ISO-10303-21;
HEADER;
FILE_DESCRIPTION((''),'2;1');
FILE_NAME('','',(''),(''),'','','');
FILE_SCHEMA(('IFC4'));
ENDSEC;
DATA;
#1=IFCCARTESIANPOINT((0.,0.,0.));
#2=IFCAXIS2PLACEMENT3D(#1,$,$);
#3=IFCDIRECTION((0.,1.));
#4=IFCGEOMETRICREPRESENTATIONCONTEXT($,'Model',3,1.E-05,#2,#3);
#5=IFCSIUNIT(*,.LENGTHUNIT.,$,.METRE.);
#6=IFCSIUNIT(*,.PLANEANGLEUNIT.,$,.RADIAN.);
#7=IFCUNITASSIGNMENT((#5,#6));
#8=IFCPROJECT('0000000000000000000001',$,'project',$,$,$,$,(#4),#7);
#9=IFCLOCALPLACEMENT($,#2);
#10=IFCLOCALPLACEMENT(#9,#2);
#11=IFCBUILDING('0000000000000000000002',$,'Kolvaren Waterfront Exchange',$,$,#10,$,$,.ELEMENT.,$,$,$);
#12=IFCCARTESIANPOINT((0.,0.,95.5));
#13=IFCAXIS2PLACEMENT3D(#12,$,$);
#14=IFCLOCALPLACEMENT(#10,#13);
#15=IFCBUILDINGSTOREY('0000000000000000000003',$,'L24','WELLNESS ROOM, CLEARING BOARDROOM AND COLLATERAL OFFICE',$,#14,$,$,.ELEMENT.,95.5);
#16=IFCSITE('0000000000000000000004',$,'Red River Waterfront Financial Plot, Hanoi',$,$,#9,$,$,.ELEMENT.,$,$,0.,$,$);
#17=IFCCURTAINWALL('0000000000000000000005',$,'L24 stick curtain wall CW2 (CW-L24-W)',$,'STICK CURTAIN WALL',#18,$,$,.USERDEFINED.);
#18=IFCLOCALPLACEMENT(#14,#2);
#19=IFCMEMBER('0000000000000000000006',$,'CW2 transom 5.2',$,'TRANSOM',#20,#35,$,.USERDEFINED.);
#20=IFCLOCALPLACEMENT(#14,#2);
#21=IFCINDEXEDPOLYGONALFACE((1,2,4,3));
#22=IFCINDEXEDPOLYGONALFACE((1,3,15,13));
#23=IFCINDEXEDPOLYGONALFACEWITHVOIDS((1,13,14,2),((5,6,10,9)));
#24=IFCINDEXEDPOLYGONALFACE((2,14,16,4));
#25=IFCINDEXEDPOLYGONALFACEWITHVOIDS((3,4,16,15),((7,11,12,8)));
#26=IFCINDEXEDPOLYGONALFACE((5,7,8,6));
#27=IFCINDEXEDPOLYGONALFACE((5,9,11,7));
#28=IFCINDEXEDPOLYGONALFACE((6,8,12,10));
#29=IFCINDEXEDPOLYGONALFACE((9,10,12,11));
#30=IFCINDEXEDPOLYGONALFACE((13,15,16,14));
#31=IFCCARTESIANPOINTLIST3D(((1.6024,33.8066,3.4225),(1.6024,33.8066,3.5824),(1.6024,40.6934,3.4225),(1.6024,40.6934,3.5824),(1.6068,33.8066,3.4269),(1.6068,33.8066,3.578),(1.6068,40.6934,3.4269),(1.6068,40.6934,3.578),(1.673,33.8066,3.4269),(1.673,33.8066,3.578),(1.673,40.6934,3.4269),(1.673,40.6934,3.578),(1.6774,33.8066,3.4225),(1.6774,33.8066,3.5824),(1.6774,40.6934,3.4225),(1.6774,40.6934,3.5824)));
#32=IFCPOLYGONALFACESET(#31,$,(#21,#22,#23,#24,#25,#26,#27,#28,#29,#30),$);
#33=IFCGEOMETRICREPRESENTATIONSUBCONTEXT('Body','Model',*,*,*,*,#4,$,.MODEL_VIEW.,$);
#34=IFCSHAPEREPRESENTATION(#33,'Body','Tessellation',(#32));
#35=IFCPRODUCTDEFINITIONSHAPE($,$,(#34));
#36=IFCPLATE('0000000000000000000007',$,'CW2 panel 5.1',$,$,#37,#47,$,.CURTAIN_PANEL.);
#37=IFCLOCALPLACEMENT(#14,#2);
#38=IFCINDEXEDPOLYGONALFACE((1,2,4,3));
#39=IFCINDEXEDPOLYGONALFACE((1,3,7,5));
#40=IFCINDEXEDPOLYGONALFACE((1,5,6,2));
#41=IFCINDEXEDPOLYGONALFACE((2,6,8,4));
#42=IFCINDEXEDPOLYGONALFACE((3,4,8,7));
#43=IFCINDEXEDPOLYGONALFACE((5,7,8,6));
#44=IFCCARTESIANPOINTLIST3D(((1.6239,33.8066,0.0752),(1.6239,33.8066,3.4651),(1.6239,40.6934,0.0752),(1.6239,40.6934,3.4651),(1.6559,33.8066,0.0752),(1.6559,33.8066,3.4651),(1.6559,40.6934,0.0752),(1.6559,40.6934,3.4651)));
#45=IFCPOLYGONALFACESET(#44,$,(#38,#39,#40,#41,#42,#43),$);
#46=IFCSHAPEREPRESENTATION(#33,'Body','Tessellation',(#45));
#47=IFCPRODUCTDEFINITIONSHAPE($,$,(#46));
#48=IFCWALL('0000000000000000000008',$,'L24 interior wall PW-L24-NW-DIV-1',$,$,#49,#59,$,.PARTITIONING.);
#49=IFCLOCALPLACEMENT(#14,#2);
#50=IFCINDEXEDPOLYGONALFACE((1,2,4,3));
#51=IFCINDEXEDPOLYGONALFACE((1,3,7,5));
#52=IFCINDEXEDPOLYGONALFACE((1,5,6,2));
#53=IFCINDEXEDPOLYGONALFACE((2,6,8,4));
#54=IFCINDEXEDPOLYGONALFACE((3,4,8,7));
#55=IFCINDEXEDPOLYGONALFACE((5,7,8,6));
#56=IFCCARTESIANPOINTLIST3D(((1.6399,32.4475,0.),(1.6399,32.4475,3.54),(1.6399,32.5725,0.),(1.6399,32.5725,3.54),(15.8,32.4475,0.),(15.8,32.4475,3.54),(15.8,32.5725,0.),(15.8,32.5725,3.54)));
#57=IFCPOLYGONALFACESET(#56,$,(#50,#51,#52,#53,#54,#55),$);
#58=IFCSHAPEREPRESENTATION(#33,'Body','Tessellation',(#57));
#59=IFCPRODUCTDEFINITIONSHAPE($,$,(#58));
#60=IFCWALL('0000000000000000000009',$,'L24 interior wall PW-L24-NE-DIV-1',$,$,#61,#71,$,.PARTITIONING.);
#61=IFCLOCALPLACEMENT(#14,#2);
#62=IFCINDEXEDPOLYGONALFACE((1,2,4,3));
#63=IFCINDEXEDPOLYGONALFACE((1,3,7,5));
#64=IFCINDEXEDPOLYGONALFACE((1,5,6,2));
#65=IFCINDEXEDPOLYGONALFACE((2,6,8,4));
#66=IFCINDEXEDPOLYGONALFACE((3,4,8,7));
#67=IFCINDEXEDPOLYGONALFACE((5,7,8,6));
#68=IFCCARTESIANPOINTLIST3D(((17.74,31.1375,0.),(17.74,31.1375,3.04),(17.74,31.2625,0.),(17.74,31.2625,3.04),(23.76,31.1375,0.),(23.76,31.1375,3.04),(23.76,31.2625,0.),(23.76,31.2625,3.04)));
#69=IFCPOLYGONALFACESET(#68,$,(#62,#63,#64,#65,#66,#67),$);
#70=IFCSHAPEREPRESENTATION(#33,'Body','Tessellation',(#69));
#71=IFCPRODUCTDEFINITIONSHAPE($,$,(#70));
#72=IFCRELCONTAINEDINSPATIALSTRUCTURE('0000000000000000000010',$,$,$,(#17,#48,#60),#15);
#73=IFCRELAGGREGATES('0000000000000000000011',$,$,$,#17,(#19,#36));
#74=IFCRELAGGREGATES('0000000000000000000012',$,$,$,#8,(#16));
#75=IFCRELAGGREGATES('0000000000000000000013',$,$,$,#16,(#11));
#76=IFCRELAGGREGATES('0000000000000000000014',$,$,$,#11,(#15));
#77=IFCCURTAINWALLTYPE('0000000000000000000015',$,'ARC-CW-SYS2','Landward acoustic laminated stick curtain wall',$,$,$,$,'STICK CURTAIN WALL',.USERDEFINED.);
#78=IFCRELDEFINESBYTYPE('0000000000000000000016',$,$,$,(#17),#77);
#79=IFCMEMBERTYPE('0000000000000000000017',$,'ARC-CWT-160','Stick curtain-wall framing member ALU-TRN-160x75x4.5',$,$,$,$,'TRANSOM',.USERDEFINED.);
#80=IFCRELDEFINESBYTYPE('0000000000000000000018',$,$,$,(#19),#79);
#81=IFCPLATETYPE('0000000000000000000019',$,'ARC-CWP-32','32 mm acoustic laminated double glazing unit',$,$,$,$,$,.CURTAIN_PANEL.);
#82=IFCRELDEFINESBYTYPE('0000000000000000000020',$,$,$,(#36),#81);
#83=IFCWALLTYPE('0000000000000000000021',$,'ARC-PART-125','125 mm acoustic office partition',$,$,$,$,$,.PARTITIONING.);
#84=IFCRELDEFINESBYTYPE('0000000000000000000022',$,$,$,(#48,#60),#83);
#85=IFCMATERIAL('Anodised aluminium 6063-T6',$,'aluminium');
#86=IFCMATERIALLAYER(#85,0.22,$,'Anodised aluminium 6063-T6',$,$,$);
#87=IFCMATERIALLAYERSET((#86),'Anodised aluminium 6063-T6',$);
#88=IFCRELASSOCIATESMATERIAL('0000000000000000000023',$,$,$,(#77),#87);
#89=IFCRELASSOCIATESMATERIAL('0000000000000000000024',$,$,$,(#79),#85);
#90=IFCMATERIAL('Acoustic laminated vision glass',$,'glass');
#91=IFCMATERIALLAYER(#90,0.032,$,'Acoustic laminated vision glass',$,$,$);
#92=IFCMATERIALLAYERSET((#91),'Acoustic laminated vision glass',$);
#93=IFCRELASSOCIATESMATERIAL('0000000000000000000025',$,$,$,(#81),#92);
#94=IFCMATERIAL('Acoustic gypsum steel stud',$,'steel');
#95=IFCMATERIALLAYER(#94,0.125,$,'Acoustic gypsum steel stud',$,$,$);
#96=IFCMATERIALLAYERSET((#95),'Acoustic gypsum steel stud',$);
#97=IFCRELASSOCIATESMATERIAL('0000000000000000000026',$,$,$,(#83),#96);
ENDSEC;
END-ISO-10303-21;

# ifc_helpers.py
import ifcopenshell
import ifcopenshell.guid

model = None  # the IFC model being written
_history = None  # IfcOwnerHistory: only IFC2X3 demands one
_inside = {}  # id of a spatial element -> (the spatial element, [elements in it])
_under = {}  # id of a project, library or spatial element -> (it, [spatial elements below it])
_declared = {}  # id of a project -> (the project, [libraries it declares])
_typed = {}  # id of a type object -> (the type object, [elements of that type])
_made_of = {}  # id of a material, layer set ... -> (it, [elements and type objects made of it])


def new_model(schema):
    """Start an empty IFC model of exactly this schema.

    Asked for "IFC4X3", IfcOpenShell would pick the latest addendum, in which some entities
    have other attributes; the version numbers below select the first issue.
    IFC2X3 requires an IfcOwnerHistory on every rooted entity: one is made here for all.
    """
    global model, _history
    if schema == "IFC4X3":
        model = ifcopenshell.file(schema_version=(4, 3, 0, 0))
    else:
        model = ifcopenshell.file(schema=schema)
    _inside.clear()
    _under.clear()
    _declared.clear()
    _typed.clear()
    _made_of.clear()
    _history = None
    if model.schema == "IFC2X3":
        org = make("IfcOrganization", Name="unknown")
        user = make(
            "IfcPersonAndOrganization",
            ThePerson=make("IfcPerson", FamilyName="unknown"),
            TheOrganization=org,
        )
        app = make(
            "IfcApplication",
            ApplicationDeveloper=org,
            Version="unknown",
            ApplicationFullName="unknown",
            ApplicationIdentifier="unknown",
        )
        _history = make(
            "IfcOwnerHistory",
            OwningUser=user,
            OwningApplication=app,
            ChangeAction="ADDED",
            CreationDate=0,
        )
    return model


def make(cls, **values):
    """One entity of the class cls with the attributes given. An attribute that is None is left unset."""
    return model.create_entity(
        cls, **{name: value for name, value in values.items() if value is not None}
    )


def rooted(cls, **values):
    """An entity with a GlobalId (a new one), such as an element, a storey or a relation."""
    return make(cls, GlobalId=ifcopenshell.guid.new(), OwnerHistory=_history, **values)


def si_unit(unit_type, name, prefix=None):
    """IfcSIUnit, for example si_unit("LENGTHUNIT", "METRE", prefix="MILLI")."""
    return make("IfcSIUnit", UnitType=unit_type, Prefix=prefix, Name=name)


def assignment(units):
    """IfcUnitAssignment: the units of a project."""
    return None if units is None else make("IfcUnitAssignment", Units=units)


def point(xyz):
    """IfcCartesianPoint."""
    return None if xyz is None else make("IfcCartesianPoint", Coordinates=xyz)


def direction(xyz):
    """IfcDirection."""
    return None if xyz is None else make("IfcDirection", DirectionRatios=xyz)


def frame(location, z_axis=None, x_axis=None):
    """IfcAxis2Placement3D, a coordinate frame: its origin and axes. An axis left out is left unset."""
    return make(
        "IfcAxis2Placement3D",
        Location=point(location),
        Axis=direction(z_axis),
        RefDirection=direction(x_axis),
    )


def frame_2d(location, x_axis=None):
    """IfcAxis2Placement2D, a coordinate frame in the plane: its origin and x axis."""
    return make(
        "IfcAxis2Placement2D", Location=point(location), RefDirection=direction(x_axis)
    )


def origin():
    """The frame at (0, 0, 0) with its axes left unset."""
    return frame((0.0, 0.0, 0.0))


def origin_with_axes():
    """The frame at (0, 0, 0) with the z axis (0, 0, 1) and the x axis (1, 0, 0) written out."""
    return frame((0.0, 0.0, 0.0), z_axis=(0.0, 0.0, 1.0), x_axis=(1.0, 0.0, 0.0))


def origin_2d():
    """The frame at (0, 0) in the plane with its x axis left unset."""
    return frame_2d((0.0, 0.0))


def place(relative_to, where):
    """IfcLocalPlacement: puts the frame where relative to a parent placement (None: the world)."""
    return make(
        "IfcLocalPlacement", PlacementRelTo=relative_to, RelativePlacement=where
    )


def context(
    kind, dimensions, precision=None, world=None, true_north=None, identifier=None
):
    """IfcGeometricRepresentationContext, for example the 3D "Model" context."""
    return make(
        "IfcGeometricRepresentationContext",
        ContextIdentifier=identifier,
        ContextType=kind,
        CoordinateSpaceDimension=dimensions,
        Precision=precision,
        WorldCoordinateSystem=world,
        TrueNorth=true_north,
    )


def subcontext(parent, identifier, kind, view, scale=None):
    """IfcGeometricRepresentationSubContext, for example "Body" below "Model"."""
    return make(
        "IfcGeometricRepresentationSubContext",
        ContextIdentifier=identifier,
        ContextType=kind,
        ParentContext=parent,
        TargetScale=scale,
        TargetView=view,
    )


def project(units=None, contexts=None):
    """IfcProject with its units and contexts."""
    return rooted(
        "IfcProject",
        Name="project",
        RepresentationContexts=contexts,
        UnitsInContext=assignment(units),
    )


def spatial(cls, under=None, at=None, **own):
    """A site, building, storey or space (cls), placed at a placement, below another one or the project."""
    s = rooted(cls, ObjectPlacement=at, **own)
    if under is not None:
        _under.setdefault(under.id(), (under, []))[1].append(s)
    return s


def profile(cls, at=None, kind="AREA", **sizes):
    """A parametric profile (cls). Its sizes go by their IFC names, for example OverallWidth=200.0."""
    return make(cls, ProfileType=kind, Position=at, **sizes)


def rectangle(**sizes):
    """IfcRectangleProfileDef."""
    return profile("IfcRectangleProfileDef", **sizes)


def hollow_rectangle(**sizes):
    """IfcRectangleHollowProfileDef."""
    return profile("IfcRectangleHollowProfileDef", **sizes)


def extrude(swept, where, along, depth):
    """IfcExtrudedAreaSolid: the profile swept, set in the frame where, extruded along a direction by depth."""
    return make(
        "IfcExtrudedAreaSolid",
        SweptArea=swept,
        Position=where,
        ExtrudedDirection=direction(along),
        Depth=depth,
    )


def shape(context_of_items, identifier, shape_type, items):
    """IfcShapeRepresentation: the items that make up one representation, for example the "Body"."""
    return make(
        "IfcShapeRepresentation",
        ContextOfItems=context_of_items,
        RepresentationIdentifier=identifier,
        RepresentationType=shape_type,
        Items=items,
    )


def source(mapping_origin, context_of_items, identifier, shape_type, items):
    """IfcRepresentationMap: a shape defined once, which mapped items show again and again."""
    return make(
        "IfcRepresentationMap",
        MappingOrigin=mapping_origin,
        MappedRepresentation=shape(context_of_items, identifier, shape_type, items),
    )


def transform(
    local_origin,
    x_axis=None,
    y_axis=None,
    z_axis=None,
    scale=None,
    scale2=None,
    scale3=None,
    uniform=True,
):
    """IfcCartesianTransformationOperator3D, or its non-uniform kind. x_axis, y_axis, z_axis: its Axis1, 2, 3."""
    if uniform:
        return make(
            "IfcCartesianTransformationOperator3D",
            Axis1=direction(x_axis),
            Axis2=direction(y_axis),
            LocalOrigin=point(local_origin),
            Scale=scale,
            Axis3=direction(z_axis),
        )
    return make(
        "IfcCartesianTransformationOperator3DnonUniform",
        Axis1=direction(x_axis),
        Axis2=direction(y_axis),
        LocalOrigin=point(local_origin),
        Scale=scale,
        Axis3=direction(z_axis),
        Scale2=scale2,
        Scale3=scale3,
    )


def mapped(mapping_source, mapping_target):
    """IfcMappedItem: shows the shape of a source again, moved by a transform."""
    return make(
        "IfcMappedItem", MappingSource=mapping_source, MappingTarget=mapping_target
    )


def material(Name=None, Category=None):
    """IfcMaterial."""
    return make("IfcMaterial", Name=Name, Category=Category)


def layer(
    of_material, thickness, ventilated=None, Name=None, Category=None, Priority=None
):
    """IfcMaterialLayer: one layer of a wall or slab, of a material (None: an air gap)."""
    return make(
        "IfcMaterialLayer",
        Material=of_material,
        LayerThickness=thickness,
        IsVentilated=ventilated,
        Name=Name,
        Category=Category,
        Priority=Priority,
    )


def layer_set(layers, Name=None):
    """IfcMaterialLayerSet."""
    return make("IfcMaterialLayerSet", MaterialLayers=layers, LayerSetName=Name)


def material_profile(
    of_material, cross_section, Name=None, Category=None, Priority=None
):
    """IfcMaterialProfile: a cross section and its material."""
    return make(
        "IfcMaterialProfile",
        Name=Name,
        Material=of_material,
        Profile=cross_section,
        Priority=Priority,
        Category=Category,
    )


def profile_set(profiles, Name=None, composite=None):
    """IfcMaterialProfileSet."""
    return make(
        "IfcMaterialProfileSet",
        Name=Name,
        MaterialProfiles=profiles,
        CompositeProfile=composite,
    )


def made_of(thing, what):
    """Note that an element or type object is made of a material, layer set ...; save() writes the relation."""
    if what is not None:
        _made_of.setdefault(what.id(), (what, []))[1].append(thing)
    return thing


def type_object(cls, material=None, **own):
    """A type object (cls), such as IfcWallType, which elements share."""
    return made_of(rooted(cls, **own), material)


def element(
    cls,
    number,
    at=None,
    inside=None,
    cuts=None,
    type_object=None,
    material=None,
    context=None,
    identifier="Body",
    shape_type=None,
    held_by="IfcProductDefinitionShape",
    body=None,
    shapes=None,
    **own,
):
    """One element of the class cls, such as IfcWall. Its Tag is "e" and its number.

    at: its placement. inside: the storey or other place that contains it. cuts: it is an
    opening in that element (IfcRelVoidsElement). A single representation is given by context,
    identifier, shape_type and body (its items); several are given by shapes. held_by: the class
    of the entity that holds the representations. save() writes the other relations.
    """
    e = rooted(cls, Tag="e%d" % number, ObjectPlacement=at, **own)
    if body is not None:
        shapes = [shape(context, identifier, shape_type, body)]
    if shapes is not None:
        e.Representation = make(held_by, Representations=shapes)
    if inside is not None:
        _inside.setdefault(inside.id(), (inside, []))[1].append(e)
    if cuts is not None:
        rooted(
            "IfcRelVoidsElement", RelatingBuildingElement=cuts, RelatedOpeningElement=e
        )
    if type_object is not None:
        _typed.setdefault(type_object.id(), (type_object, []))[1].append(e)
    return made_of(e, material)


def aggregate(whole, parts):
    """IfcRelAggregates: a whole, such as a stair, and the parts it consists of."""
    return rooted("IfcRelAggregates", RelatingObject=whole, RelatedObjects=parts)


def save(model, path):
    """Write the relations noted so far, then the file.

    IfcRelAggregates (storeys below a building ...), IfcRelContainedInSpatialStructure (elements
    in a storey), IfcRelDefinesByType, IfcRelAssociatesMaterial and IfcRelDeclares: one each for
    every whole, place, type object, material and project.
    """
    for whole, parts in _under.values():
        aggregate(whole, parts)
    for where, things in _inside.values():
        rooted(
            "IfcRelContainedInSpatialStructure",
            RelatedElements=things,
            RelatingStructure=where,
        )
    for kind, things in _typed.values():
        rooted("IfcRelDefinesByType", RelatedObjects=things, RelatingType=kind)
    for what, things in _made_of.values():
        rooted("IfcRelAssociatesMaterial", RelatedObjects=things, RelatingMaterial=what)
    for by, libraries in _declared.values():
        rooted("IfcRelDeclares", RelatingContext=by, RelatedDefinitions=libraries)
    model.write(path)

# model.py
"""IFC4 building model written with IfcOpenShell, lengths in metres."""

from ifc_helpers import new_model, si_unit, direction, frame, frame_2d, origin, origin_with_axes, origin_2d, place, context, subcontext, project, spatial, rectangle, hollow_rectangle, extrude, source, transform, mapped, material, layer, layer_set, material_profile, profile_set, type_object, element, aggregate, save


model = new_model("IFC4")

# Units and contexts
model_context = context("Model", 3, precision=1e-05, world=origin(), true_north=direction((0.0, 1.0)))
body_context = subcontext(model_context, "Body", "Model", "MODEL_VIEW")
ifc_project = project(units=[si_unit("LENGTHUNIT", "METRE"), si_unit("PLANEANGLEUNIT", "RADIAN")], contexts=[model_context])

# Site, building, storey
site_placement = place(None, origin())
site = spatial("IfcSite", under=ifc_project, at=site_placement, Name="Red River Waterfront Financial Plot, Hanoi", CompositionType="ELEMENT", RefElevation=0.0)
building_placement = place(site_placement, origin())
building = spatial("IfcBuilding", under=site, at=building_placement, Name="Kolvaren Waterfront Exchange", CompositionType="ELEMENT")
storey_placement = place(building_placement, frame((0.0, 0.0, 95.5)))
storey = spatial("IfcBuildingStorey", under=building, at=storey_placement, Name="L24", Description="WELLNESS ROOM, CLEARING BOARDROOM AND COLLATERAL OFFICE", CompositionType="ELEMENT", Elevation=95.5)

# Curtain wall, member, plate
ifc_material_1 = material(Name="Anodised aluminium 6063-T6", Category="aluminium")
ifc_layer_1 = layer(ifc_material_1, 0.22, Name="Anodised aluminium 6063-T6")
ifc_layer_set_1 = layer_set([ifc_layer_1], Name="Anodised aluminium 6063-T6")
curtain_wall_type = type_object("IfcCurtainWallType", Name="ARC-CW-SYS2", Description="Landward acoustic laminated stick curtain wall", ElementType="STICK CURTAIN WALL", PredefinedType="USERDEFINED", material=ifc_layer_set_1)
curtain_wall_placement = place(storey_placement, origin())
curtain_wall = element("IfcCurtainWall", 1, at=curtain_wall_placement, inside=storey, type_object=curtain_wall_type, Name="L24 stick curtain wall CW2 (CW-L24-W)", ObjectType="STICK CURTAIN WALL", PredefinedType="USERDEFINED")
ifc_material_profile_1 = material_profile(ifc_material_1, hollow_rectangle(XDim=0.075, YDim=0.1599, WallThickness=0.0044, at=origin_2d()), Name="ALU-TRN-160x75x4.5")
ifc_profile_set_1 = profile_set([ifc_material_profile_1], Name="Anodised aluminium 6063-T6")
member_type_1 = type_object("IfcMemberType", Name="ARC-CWT-160", Description="Stick curtain-wall framing member ALU-TRN-160x75x4.5", ElementType="TRANSOM", PredefinedType="USERDEFINED", material=ifc_profile_set_1)
shared_shape_1 = source(origin_with_axes(), body_context, "Body", "SweptSolid", [
    extrude(hollow_rectangle(XDim=0.075, YDim=0.1599, WallThickness=0.0044, at=origin_2d()), origin(), (0.0, 0.0, 1.0), 6.8867),
])
member_1_placement = place(storey_placement, frame((1.6399, 33.8066, 3.5024), z_axis=(0.0, 1.0, 0.0), x_axis=(-1.0, 0.0, 0.0)))
member_1 = element("IfcMember", 2, at=member_1_placement, type_object=member_type_1, Name="CW2 transom 5.2", ObjectType="TRANSOM", PredefinedType="USERDEFINED", context=body_context, shape_type="MappedRepresentation", body=[
    mapped(shared_shape_1, transform((0.0, 0.0, 0.0), x_axis=(1.0, 0.0, 0.0), y_axis=(0.0, 1.0, 0.0), z_axis=(0.0, 0.0, 1.0), scale=1.0)),
])
ifc_material_2 = material(Name="Acoustic laminated vision glass", Category="glass")
ifc_layer_2 = layer(ifc_material_2, 0.032, Name="Acoustic laminated vision glass")
ifc_layer_set_2 = layer_set([ifc_layer_2], Name="Acoustic laminated vision glass")
plate_type = type_object("IfcPlateType", Name="ARC-CWP-32", Description="32 mm acoustic laminated double glazing unit", PredefinedType="CURTAIN_PANEL", material=ifc_layer_set_2)
shared_shape_2 = source(origin_with_axes(), body_context, "Body", "SweptSolid", [
    extrude(rectangle(XDim=6.8867, YDim=0.032, at=origin_2d()), origin(), (0.0, 0.0, 1.0), 3.3899),
])
plate_placement = place(storey_placement, frame((1.6399, 37.25, 0.0752), z_axis=(0.0, 0.0, 1.0), x_axis=(0.0, 1.0, 0.0)))
plate = element("IfcPlate", 3, at=plate_placement, type_object=plate_type, Name="CW2 panel 5.1", PredefinedType="CURTAIN_PANEL", context=body_context, shape_type="MappedRepresentation", body=[
    mapped(shared_shape_2, transform((0.0, 0.0, 0.0), x_axis=(1.0, 0.0, 0.0), y_axis=(0.0, 1.0, 0.0), z_axis=(0.0, 0.0, 1.0), scale=1.0)),
])
aggregate(curtain_wall, [member_1, plate])

# Walls
ifc_material_3 = material(Name="Acoustic gypsum steel stud", Category="steel")
ifc_layer_3 = layer(ifc_material_3, 0.125, Name="Acoustic gypsum steel stud")
ifc_layer_set_3 = layer_set([ifc_layer_3], Name="Acoustic gypsum steel stud")
wall_type = type_object("IfcWallType", Name="ARC-PART-125", Description="125 mm acoustic office partition", PredefinedType="PARTITIONING", material=ifc_layer_set_3)
wall_1_placement = place(storey_placement, frame((1.6399, 32.51, 0.0), z_axis=(0.0, 0.0, 1.0), x_axis=(1.0, 0.0, 0.0)))
element("IfcWall", 4, at=wall_1_placement, inside=storey, type_object=wall_type, Name="L24 interior wall PW-L24-NW-DIV-1", PredefinedType="PARTITIONING", context=body_context, shape_type="SweptSolid", body=[
    extrude(rectangle(XDim=14.1602, YDim=0.125, at=frame_2d((7.0801, 0.0))), origin(), (0.0, 0.0, 1.0), 3.54),
])
wall_2_placement = place(storey_placement, frame((17.74, 31.2, 0.0), z_axis=(0.0, 0.0, 1.0), x_axis=(1.0, 0.0, 0.0)))
element("IfcWall", 5, at=wall_2_placement, inside=storey, type_object=wall_type, Name="L24 interior wall PW-L24-NE-DIV-1", PredefinedType="PARTITIONING", context=body_context, shape_type="SweptSolid", body=[
    extrude(rectangle(XDim=6.02, YDim=0.125, at=frame_2d((3.01, 0.0))), origin(), (0.0, 0.0, 1.0), 3.04),
])

save(model, "model.ifc")
